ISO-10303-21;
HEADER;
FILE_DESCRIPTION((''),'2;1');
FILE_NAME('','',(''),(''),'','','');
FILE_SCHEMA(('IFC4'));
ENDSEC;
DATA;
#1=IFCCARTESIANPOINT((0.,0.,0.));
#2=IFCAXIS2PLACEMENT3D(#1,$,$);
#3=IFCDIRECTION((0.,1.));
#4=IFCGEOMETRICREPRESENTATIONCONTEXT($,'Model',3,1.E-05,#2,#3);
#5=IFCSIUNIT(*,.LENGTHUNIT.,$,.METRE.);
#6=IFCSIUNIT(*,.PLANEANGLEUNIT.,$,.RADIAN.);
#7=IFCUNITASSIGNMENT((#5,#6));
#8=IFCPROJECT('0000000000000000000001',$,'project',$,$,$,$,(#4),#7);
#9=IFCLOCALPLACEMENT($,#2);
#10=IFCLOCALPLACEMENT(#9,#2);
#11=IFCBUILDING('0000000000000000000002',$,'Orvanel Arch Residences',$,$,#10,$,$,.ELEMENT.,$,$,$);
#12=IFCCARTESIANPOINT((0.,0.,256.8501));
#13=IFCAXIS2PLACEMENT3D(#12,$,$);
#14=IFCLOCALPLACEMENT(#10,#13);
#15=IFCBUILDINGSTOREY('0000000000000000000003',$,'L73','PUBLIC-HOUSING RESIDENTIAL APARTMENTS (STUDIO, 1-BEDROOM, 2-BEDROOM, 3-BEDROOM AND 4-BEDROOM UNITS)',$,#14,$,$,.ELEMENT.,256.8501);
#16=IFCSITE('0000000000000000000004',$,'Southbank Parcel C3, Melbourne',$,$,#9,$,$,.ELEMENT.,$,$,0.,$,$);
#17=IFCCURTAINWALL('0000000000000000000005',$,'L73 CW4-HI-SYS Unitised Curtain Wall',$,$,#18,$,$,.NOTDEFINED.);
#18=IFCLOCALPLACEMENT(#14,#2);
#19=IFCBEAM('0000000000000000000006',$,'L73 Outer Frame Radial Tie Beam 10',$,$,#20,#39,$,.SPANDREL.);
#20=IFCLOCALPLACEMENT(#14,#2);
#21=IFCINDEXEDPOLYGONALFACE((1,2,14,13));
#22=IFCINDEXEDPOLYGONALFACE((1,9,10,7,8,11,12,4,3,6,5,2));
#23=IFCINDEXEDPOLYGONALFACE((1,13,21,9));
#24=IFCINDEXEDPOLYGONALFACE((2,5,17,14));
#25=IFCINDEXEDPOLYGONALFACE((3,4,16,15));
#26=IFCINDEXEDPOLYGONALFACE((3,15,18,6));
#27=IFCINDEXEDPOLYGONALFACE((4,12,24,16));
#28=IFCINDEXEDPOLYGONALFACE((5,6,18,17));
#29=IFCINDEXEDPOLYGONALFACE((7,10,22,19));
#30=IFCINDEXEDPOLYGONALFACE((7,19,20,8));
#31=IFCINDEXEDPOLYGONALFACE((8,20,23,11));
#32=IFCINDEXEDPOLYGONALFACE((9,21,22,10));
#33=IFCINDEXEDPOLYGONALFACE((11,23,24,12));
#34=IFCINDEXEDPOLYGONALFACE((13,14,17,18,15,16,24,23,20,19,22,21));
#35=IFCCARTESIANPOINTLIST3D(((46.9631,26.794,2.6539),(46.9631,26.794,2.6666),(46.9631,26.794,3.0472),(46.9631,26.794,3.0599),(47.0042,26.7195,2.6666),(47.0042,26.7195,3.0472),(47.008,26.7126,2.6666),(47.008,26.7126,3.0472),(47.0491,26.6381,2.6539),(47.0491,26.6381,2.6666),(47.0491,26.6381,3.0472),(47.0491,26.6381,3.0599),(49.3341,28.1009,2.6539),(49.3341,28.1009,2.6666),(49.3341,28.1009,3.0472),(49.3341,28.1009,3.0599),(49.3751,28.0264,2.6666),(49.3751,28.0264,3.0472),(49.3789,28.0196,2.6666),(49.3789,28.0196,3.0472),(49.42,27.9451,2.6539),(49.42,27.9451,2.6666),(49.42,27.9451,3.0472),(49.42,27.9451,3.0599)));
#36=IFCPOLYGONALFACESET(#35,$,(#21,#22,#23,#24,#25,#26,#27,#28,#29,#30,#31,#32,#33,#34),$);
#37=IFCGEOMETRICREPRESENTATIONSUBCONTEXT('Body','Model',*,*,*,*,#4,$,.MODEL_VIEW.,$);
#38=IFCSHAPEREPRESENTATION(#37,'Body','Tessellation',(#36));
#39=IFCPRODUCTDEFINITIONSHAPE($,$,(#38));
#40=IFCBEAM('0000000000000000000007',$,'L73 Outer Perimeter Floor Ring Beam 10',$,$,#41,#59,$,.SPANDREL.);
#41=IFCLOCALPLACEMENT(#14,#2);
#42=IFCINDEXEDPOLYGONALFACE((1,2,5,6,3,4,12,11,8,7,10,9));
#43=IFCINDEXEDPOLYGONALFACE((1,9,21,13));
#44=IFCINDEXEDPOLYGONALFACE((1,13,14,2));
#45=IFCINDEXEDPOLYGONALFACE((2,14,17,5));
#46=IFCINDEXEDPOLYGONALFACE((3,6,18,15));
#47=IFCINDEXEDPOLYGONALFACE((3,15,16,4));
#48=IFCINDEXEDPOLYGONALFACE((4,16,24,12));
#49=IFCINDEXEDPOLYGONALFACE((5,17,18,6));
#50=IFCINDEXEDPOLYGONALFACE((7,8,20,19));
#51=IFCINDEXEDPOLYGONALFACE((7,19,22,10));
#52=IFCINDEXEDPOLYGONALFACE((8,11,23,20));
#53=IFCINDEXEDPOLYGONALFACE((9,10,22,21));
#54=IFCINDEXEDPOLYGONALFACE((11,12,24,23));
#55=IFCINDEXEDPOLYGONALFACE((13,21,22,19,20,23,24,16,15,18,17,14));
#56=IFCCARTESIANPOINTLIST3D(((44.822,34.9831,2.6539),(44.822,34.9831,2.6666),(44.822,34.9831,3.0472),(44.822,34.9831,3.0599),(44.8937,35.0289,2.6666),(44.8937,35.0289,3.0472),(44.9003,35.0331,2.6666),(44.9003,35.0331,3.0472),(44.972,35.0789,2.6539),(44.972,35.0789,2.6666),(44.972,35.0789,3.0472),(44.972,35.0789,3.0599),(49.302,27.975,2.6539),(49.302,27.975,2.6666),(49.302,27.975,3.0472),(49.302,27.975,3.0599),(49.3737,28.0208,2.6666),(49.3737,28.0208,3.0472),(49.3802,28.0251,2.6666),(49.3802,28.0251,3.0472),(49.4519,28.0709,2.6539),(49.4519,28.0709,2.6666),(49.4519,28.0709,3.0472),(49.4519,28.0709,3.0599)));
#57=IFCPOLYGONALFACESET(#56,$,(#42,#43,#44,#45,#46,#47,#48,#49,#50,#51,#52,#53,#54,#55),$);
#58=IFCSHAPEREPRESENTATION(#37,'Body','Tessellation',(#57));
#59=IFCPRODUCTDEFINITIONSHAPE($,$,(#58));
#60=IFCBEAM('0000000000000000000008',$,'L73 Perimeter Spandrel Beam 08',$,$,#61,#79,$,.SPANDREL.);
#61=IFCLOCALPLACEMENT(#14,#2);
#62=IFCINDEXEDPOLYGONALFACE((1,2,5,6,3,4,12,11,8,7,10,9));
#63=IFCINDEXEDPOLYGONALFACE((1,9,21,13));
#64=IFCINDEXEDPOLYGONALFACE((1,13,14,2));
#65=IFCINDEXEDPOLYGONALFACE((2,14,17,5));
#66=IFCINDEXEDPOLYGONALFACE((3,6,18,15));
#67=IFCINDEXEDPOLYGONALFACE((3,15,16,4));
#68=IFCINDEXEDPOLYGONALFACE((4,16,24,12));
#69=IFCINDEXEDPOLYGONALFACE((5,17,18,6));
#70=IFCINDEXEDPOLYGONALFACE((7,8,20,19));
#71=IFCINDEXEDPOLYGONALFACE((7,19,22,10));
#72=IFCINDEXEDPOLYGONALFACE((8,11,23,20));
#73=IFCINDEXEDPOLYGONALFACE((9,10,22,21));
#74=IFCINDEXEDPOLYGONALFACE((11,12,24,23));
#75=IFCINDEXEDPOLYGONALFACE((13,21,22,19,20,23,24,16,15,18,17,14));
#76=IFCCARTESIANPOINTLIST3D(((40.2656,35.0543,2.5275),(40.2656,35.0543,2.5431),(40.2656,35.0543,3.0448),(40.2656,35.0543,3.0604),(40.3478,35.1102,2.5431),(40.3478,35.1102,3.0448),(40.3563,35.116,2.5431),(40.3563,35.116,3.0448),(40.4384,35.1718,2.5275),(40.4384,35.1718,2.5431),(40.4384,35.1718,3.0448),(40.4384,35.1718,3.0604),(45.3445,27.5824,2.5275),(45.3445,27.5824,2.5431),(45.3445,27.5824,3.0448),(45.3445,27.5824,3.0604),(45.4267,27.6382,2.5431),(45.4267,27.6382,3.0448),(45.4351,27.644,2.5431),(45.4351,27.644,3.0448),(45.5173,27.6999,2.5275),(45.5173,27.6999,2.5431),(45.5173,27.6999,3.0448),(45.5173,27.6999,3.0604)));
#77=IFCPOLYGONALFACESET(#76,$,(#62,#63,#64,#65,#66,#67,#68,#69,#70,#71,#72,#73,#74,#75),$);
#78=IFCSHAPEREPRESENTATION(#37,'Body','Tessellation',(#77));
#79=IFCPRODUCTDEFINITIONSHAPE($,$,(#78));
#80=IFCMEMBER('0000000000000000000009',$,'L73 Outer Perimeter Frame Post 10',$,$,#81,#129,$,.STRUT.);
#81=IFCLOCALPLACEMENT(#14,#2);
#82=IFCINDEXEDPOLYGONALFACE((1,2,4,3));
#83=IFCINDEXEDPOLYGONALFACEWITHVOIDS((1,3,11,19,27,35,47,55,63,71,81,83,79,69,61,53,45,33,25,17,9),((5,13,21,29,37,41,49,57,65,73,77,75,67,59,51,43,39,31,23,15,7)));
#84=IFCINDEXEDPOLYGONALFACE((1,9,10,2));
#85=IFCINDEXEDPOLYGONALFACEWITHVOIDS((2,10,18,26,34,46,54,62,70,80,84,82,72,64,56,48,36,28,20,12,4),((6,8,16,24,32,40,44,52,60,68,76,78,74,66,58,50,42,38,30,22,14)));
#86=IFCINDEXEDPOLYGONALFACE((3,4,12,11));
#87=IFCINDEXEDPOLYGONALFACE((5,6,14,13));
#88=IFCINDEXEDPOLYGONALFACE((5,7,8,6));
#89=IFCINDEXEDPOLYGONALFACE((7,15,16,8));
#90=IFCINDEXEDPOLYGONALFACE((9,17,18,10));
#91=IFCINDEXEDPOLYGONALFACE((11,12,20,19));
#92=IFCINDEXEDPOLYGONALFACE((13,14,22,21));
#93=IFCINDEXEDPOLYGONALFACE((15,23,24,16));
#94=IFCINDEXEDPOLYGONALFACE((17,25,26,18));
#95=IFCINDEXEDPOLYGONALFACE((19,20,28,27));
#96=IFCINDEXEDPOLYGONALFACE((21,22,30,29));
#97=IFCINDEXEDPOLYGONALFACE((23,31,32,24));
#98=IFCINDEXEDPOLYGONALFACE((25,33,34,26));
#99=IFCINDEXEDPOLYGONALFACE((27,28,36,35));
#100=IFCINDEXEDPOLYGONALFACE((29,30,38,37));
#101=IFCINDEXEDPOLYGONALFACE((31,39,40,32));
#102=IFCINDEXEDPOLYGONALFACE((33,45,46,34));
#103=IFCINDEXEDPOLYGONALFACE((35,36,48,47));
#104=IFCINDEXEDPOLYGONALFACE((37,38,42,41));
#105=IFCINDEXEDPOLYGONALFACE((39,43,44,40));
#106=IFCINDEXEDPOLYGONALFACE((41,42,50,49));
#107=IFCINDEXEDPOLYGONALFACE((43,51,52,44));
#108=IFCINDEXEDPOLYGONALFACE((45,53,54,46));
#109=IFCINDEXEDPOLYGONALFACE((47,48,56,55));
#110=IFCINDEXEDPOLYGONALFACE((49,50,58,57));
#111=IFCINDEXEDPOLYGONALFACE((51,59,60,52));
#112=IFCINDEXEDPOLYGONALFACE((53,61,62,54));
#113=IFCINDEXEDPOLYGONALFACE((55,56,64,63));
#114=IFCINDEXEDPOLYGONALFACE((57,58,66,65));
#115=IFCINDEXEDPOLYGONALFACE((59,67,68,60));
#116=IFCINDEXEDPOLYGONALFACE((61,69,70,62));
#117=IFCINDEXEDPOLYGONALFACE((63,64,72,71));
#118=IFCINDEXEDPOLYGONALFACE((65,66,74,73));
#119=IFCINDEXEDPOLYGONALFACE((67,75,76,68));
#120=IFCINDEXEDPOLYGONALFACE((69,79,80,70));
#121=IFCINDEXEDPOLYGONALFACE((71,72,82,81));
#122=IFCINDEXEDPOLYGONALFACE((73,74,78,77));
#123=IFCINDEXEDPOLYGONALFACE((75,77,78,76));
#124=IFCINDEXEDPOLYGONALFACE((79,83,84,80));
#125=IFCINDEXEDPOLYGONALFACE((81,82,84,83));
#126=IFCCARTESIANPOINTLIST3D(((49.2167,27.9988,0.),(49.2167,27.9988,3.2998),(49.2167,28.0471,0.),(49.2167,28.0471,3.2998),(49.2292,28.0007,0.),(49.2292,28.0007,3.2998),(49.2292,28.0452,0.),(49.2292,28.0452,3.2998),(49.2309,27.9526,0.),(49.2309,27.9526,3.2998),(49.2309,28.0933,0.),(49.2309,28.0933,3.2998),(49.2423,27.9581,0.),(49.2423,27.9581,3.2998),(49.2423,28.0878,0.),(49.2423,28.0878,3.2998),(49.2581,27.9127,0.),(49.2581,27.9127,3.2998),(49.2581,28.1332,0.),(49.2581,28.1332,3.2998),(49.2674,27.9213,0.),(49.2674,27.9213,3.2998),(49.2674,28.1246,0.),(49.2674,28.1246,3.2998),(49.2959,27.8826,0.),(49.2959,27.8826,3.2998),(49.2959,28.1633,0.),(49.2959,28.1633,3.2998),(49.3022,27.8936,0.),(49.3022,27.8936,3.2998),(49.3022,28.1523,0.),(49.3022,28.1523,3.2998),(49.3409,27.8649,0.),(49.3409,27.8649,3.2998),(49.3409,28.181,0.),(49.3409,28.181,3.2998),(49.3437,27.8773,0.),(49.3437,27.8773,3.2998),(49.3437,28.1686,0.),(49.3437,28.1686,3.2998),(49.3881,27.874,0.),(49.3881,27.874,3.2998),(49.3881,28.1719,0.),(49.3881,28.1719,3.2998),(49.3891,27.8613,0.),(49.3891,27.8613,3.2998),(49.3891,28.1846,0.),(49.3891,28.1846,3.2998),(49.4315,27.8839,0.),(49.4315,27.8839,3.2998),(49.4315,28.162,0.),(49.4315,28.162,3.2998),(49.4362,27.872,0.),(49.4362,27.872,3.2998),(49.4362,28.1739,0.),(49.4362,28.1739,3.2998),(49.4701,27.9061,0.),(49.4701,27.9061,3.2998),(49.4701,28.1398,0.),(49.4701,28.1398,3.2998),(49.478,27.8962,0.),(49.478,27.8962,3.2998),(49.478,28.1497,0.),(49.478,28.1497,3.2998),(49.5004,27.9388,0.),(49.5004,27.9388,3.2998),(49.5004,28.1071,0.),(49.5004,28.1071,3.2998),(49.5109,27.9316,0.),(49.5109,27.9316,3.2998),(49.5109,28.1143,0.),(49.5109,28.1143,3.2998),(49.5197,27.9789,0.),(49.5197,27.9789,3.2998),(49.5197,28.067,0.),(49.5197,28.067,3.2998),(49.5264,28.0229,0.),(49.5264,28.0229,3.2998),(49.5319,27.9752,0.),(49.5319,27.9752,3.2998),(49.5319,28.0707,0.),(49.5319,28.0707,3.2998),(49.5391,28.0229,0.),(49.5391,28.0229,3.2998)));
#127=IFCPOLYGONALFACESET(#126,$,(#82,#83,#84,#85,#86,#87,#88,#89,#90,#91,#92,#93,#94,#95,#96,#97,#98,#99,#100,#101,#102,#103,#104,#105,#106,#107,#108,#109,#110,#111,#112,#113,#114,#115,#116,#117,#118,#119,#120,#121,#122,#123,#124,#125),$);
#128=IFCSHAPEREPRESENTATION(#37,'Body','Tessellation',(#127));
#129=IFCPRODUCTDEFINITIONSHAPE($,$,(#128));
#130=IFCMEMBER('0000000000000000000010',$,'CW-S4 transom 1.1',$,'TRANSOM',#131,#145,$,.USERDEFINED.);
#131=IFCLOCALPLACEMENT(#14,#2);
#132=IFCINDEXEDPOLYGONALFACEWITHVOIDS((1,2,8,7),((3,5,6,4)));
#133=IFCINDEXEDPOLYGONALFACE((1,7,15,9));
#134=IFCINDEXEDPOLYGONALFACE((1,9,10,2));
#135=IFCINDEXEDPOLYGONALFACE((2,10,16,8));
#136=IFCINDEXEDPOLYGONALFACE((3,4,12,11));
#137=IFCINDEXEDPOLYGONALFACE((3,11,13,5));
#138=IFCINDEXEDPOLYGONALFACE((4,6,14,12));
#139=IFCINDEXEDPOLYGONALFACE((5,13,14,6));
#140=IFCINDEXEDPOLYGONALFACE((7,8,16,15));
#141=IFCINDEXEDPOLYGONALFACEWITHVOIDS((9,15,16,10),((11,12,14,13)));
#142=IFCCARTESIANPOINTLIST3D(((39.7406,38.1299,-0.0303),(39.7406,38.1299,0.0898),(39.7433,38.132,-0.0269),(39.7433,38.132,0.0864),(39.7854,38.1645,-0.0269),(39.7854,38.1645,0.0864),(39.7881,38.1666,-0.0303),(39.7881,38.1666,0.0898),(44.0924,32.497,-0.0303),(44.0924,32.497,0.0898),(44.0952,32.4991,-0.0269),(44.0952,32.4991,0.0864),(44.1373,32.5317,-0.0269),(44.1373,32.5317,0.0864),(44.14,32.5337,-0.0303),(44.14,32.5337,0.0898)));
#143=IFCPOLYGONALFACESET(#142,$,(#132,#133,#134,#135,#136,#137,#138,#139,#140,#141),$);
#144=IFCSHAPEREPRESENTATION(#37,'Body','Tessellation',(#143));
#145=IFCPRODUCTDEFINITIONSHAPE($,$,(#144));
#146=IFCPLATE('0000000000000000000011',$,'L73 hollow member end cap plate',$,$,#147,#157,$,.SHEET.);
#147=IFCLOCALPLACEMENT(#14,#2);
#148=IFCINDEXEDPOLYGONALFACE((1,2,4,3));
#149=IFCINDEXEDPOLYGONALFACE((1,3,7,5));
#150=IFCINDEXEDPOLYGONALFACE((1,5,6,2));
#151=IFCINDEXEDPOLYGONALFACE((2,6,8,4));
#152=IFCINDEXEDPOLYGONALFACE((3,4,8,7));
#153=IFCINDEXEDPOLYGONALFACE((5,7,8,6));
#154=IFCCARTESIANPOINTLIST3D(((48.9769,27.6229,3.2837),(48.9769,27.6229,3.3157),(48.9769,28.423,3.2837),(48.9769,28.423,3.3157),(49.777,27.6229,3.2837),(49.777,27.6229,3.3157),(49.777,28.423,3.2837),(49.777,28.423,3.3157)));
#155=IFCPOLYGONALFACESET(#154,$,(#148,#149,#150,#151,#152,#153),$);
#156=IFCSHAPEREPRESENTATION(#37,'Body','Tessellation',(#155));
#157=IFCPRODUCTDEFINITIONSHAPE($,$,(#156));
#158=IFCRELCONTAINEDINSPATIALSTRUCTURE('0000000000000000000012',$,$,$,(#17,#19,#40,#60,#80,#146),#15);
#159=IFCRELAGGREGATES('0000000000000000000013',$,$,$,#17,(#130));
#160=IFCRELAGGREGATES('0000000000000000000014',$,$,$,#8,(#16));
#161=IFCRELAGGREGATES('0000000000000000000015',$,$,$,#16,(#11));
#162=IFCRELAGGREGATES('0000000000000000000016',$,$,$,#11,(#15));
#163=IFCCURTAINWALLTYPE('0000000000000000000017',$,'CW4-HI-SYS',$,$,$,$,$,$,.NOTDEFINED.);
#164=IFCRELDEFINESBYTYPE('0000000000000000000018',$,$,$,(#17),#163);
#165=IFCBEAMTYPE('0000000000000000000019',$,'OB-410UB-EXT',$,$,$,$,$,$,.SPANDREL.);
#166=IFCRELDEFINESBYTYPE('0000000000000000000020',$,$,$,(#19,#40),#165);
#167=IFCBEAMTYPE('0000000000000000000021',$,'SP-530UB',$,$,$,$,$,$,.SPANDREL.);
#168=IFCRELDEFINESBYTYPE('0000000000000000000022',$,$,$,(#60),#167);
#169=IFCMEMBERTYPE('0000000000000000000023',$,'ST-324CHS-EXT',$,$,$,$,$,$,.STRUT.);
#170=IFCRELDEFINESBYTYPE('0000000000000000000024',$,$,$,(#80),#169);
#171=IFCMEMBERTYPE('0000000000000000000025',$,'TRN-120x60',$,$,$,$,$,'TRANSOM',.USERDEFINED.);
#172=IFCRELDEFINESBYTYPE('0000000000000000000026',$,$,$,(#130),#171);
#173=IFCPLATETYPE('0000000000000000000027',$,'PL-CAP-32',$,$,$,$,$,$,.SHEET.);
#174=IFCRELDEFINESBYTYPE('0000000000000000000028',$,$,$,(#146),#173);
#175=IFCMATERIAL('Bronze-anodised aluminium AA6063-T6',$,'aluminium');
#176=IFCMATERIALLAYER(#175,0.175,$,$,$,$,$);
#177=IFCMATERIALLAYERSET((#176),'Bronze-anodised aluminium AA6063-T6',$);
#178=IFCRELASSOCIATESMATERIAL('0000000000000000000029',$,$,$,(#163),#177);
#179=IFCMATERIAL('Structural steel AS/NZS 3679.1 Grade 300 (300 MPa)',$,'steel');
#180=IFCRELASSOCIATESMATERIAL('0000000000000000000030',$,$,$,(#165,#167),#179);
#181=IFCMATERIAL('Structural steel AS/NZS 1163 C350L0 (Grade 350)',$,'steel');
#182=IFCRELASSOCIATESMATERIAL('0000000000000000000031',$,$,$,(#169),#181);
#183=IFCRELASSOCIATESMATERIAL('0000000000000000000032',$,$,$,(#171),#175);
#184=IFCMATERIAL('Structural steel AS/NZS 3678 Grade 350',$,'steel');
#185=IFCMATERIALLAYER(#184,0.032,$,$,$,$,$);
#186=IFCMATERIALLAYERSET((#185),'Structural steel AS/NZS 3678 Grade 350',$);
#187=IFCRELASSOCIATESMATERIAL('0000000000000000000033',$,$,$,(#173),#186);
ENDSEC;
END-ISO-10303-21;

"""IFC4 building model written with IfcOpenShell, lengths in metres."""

from ifc_helpers import new_model, si_unit, direction, frame, origin, origin_2d, place, context, subcontext, project, spatial, rectangle, hollow_rectangle, hollow_circle, i_section, extrude, material, layer, layer_set, material_profile, profile_set, type_object, element, aggregate, save


model = new_model("IFC4")

# Units and contexts
model_context = context("Model", 3, precision=1e-05, world=origin(), true_north=direction((0.0, 1.0)))
body_context = subcontext(model_context, "Body", "Model", "MODEL_VIEW")
ifc_project = project(units=[si_unit("LENGTHUNIT", "METRE"), si_unit("PLANEANGLEUNIT", "RADIAN")], contexts=[model_context])

# Site, building, storey
site_placement = place(None, origin())
site = spatial("IfcSite", under=ifc_project, at=site_placement, Name="Southbank Parcel C3, Melbourne", CompositionType="ELEMENT", RefElevation=0.0)
building_placement = place(site_placement, origin())
building = spatial("IfcBuilding", under=site, at=building_placement, Name="Orvanel Arch Residences", CompositionType="ELEMENT")
storey_placement = place(building_placement, frame((0.0, 0.0, 256.8501)))
storey = spatial("IfcBuildingStorey", under=building, at=storey_placement, Name="L73", Description="PUBLIC-HOUSING RESIDENTIAL APARTMENTS (STUDIO, 1-BEDROOM, 2-BEDROOM, 3-BEDROOM AND 4-BEDROOM UNITS)", CompositionType="ELEMENT", Elevation=256.8501)

# Shared definitions
ifc_material_1 = material(Name="Structural steel AS/NZS 1163 C350L0 (Grade 350)", Category="steel")

# Shared definitions
ifc_material_2 = material(Name="Structural steel AS/NZS 3679.1 Grade 300 (300 MPa)", Category="steel")

# Curtain wall
ifc_material_3 = material(Name="Bronze-anodised aluminium AA6063-T6", Category="aluminium")
ifc_layer_1 = layer(ifc_material_3, 0.175)
ifc_layer_set_1 = layer_set([ifc_layer_1], Name="Bronze-anodised aluminium AA6063-T6")
curtain_wall_type = type_object("IfcCurtainWallType", Name="CW4-HI-SYS", PredefinedType="NOTDEFINED", material=ifc_layer_set_1)
curtain_wall_1_placement = place(storey_placement, origin())
curtain_wall_1 = element("IfcCurtainWall", 1, at=curtain_wall_1_placement, inside=storey, type_object=curtain_wall_type, Name="L73 CW4-HI-SYS Unitised Curtain Wall", PredefinedType="NOTDEFINED")

# Beams
ifc_material_profile_1 = material_profile(ifc_material_2, i_section(OverallWidth=0.178, OverallDepth=0.406, WebThickness=0.0078, FlangeThickness=0.0127, at=origin_2d()), Name="410UB59.7")
ifc_profile_set_1 = profile_set([ifc_material_profile_1], Name="Structural steel AS/NZS 3679.1 Grade 300 (300 MPa)")
beam_type_1 = type_object("IfcBeamType", Name="OB-410UB-EXT", PredefinedType="SPANDREL", material=ifc_profile_set_1)
beam_1_placement = place(storey_placement, frame((47.0061, 26.7161, 2.8569), z_axis=(0.87576, 0.482746, 0.0), x_axis=(-0.482746, 0.87576, 0.0)))
element("IfcBeam", 2, at=beam_1_placement, inside=storey, type_object=beam_type_1, Name="L73 Outer Frame Radial Tie Beam 10", PredefinedType="SPANDREL", context=body_context, shape_type="SweptSolid", body=[
    extrude(i_section(OverallWidth=0.178, OverallDepth=0.406, WebThickness=0.0078, FlangeThickness=0.0127, at=origin_2d()), origin(), (0.0, 0.0, 1.0), 2.7073),
])
beam_2_placement = place(storey_placement, frame((49.377, 28.0229, 2.8569), z_axis=(-0.538612, 0.842554, 0.0), x_axis=(-0.842554, -0.538612, 0.0)))
element("IfcBeam", 3, at=beam_2_placement, inside=storey, type_object=beam_type_1, Name="L73 Outer Perimeter Floor Ring Beam 10", PredefinedType="SPANDREL", context=body_context, shape_type="SweptSolid", body=[
    extrude(i_section(OverallWidth=0.178, OverallDepth=0.406, WebThickness=0.0078, FlangeThickness=0.0127, at=origin_2d()), origin(), (0.0, 0.0, 1.0), 8.3176),
])
ifc_material_profile_2 = material_profile(ifc_material_2, i_section(OverallWidth=0.209, OverallDepth=0.533, WebThickness=0.0103, FlangeThickness=0.0156, at=origin_2d()), Name="530UB92.4")
ifc_profile_set_2 = profile_set([ifc_material_profile_2], Name="Structural steel AS/NZS 3679.1 Grade 300 (300 MPa)")
beam_type_2 = type_object("IfcBeamType", Name="SP-530UB", PredefinedType="SPANDREL", material=ifc_profile_set_2)
beam_3_placement = place(storey_placement, frame((45.4309, 27.6411, 2.7939), z_axis=(-0.562155, 0.827032, 0.0), x_axis=(-0.827032, -0.562155, 0.0)))
element("IfcBeam", 4, at=beam_3_placement, inside=storey, type_object=beam_type_2, Name="L73 Perimeter Spandrel Beam 08", PredefinedType="SPANDREL", context=body_context, shape_type="SweptSolid", body=[
    extrude(i_section(OverallWidth=0.209, OverallDepth=0.533, WebThickness=0.0103, FlangeThickness=0.0156, at=origin_2d()), origin(), (0.0, 0.0, 1.0), 9.0347),
])

# Members
ifc_material_profile_3 = material_profile(ifc_material_1, hollow_circle(Radius=0.1621, WallThickness=0.0127, at=origin_2d()), Name="CHS324x12.7")
ifc_profile_set_3 = profile_set([ifc_material_profile_3], Name="Structural steel AS/NZS 1163 C350L0 (Grade 350)")
member_type_1 = type_object("IfcMemberType", Name="ST-324CHS-EXT", PredefinedType="STRUT", material=ifc_profile_set_3)
member_1_placement = place(storey_placement, frame((49.377, 28.0229, 0.0), z_axis=(0.0, 0.0, 1.0), x_axis=(1.0, 0.0, 0.0)))
element("IfcMember", 5, at=member_1_placement, inside=storey, type_object=member_type_1, Name="L73 Outer Perimeter Frame Post 10", PredefinedType="STRUT", context=body_context, shape_type="SweptSolid", body=[
    extrude(hollow_circle(Radius=0.1621, WallThickness=0.0127, at=origin_2d()), origin(), (0.0, 0.0, 1.0), 3.2998),
])
ifc_material_profile_4 = material_profile(ifc_material_3, hollow_rectangle(XDim=0.0601, YDim=0.1201, WallThickness=0.0034, at=origin_2d()), Name="ALU120x60x3.5")
ifc_profile_set_4 = profile_set([ifc_material_profile_4], Name="Bronze-anodised aluminium AA6063-T6")
member_type_2 = type_object("IfcMemberType", Name="TRN-120x60", ElementType="TRANSOM", PredefinedType="USERDEFINED", material=ifc_profile_set_4)
member_2_placement = place(storey_placement, frame((44.1162, 32.5154, 0.0298), z_axis=(-0.611375, 0.791341, 0.0), x_axis=(-0.791341, -0.611375, 0.0)))
member_2 = element("IfcMember", 6, at=member_2_placement, type_object=member_type_2, Name="CW-S4 transom 1.1", ObjectType="TRANSOM", PredefinedType="USERDEFINED", context=body_context, shape_type="SweptSolid", body=[
    extrude(hollow_rectangle(XDim=0.0601, YDim=0.1201, WallThickness=0.0034, at=origin_2d()), origin(), (0.0, 0.0, 1.0), 7.1182),
])
aggregate(curtain_wall_1, [member_2])

# Plate
ifc_material_4 = material(Name="Structural steel AS/NZS 3678 Grade 350", Category="steel")
ifc_layer_2 = layer(ifc_material_4, 0.032)
ifc_layer_set_2 = layer_set([ifc_layer_2], Name="Structural steel AS/NZS 3678 Grade 350")
plate_type = type_object("IfcPlateType", Name="PL-CAP-32", PredefinedType="SHEET", material=ifc_layer_set_2)
plate_placement = place(storey_placement, frame((49.377, 28.0229, 3.2837), z_axis=(0.0, 0.0, 1.0), x_axis=(1.0, 0.0, 0.0)))
element("IfcPlate", 7, at=plate_placement, inside=storey, type_object=plate_type, Name="L73 hollow member end cap plate", PredefinedType="SHEET", context=body_context, shape_type="SweptSolid", body=[
    extrude(rectangle(XDim=0.8, YDim=0.8, at=origin_2d()), origin(), (0.0, 0.0, 1.0), 0.032),
])

save(model, "model.ifc")
